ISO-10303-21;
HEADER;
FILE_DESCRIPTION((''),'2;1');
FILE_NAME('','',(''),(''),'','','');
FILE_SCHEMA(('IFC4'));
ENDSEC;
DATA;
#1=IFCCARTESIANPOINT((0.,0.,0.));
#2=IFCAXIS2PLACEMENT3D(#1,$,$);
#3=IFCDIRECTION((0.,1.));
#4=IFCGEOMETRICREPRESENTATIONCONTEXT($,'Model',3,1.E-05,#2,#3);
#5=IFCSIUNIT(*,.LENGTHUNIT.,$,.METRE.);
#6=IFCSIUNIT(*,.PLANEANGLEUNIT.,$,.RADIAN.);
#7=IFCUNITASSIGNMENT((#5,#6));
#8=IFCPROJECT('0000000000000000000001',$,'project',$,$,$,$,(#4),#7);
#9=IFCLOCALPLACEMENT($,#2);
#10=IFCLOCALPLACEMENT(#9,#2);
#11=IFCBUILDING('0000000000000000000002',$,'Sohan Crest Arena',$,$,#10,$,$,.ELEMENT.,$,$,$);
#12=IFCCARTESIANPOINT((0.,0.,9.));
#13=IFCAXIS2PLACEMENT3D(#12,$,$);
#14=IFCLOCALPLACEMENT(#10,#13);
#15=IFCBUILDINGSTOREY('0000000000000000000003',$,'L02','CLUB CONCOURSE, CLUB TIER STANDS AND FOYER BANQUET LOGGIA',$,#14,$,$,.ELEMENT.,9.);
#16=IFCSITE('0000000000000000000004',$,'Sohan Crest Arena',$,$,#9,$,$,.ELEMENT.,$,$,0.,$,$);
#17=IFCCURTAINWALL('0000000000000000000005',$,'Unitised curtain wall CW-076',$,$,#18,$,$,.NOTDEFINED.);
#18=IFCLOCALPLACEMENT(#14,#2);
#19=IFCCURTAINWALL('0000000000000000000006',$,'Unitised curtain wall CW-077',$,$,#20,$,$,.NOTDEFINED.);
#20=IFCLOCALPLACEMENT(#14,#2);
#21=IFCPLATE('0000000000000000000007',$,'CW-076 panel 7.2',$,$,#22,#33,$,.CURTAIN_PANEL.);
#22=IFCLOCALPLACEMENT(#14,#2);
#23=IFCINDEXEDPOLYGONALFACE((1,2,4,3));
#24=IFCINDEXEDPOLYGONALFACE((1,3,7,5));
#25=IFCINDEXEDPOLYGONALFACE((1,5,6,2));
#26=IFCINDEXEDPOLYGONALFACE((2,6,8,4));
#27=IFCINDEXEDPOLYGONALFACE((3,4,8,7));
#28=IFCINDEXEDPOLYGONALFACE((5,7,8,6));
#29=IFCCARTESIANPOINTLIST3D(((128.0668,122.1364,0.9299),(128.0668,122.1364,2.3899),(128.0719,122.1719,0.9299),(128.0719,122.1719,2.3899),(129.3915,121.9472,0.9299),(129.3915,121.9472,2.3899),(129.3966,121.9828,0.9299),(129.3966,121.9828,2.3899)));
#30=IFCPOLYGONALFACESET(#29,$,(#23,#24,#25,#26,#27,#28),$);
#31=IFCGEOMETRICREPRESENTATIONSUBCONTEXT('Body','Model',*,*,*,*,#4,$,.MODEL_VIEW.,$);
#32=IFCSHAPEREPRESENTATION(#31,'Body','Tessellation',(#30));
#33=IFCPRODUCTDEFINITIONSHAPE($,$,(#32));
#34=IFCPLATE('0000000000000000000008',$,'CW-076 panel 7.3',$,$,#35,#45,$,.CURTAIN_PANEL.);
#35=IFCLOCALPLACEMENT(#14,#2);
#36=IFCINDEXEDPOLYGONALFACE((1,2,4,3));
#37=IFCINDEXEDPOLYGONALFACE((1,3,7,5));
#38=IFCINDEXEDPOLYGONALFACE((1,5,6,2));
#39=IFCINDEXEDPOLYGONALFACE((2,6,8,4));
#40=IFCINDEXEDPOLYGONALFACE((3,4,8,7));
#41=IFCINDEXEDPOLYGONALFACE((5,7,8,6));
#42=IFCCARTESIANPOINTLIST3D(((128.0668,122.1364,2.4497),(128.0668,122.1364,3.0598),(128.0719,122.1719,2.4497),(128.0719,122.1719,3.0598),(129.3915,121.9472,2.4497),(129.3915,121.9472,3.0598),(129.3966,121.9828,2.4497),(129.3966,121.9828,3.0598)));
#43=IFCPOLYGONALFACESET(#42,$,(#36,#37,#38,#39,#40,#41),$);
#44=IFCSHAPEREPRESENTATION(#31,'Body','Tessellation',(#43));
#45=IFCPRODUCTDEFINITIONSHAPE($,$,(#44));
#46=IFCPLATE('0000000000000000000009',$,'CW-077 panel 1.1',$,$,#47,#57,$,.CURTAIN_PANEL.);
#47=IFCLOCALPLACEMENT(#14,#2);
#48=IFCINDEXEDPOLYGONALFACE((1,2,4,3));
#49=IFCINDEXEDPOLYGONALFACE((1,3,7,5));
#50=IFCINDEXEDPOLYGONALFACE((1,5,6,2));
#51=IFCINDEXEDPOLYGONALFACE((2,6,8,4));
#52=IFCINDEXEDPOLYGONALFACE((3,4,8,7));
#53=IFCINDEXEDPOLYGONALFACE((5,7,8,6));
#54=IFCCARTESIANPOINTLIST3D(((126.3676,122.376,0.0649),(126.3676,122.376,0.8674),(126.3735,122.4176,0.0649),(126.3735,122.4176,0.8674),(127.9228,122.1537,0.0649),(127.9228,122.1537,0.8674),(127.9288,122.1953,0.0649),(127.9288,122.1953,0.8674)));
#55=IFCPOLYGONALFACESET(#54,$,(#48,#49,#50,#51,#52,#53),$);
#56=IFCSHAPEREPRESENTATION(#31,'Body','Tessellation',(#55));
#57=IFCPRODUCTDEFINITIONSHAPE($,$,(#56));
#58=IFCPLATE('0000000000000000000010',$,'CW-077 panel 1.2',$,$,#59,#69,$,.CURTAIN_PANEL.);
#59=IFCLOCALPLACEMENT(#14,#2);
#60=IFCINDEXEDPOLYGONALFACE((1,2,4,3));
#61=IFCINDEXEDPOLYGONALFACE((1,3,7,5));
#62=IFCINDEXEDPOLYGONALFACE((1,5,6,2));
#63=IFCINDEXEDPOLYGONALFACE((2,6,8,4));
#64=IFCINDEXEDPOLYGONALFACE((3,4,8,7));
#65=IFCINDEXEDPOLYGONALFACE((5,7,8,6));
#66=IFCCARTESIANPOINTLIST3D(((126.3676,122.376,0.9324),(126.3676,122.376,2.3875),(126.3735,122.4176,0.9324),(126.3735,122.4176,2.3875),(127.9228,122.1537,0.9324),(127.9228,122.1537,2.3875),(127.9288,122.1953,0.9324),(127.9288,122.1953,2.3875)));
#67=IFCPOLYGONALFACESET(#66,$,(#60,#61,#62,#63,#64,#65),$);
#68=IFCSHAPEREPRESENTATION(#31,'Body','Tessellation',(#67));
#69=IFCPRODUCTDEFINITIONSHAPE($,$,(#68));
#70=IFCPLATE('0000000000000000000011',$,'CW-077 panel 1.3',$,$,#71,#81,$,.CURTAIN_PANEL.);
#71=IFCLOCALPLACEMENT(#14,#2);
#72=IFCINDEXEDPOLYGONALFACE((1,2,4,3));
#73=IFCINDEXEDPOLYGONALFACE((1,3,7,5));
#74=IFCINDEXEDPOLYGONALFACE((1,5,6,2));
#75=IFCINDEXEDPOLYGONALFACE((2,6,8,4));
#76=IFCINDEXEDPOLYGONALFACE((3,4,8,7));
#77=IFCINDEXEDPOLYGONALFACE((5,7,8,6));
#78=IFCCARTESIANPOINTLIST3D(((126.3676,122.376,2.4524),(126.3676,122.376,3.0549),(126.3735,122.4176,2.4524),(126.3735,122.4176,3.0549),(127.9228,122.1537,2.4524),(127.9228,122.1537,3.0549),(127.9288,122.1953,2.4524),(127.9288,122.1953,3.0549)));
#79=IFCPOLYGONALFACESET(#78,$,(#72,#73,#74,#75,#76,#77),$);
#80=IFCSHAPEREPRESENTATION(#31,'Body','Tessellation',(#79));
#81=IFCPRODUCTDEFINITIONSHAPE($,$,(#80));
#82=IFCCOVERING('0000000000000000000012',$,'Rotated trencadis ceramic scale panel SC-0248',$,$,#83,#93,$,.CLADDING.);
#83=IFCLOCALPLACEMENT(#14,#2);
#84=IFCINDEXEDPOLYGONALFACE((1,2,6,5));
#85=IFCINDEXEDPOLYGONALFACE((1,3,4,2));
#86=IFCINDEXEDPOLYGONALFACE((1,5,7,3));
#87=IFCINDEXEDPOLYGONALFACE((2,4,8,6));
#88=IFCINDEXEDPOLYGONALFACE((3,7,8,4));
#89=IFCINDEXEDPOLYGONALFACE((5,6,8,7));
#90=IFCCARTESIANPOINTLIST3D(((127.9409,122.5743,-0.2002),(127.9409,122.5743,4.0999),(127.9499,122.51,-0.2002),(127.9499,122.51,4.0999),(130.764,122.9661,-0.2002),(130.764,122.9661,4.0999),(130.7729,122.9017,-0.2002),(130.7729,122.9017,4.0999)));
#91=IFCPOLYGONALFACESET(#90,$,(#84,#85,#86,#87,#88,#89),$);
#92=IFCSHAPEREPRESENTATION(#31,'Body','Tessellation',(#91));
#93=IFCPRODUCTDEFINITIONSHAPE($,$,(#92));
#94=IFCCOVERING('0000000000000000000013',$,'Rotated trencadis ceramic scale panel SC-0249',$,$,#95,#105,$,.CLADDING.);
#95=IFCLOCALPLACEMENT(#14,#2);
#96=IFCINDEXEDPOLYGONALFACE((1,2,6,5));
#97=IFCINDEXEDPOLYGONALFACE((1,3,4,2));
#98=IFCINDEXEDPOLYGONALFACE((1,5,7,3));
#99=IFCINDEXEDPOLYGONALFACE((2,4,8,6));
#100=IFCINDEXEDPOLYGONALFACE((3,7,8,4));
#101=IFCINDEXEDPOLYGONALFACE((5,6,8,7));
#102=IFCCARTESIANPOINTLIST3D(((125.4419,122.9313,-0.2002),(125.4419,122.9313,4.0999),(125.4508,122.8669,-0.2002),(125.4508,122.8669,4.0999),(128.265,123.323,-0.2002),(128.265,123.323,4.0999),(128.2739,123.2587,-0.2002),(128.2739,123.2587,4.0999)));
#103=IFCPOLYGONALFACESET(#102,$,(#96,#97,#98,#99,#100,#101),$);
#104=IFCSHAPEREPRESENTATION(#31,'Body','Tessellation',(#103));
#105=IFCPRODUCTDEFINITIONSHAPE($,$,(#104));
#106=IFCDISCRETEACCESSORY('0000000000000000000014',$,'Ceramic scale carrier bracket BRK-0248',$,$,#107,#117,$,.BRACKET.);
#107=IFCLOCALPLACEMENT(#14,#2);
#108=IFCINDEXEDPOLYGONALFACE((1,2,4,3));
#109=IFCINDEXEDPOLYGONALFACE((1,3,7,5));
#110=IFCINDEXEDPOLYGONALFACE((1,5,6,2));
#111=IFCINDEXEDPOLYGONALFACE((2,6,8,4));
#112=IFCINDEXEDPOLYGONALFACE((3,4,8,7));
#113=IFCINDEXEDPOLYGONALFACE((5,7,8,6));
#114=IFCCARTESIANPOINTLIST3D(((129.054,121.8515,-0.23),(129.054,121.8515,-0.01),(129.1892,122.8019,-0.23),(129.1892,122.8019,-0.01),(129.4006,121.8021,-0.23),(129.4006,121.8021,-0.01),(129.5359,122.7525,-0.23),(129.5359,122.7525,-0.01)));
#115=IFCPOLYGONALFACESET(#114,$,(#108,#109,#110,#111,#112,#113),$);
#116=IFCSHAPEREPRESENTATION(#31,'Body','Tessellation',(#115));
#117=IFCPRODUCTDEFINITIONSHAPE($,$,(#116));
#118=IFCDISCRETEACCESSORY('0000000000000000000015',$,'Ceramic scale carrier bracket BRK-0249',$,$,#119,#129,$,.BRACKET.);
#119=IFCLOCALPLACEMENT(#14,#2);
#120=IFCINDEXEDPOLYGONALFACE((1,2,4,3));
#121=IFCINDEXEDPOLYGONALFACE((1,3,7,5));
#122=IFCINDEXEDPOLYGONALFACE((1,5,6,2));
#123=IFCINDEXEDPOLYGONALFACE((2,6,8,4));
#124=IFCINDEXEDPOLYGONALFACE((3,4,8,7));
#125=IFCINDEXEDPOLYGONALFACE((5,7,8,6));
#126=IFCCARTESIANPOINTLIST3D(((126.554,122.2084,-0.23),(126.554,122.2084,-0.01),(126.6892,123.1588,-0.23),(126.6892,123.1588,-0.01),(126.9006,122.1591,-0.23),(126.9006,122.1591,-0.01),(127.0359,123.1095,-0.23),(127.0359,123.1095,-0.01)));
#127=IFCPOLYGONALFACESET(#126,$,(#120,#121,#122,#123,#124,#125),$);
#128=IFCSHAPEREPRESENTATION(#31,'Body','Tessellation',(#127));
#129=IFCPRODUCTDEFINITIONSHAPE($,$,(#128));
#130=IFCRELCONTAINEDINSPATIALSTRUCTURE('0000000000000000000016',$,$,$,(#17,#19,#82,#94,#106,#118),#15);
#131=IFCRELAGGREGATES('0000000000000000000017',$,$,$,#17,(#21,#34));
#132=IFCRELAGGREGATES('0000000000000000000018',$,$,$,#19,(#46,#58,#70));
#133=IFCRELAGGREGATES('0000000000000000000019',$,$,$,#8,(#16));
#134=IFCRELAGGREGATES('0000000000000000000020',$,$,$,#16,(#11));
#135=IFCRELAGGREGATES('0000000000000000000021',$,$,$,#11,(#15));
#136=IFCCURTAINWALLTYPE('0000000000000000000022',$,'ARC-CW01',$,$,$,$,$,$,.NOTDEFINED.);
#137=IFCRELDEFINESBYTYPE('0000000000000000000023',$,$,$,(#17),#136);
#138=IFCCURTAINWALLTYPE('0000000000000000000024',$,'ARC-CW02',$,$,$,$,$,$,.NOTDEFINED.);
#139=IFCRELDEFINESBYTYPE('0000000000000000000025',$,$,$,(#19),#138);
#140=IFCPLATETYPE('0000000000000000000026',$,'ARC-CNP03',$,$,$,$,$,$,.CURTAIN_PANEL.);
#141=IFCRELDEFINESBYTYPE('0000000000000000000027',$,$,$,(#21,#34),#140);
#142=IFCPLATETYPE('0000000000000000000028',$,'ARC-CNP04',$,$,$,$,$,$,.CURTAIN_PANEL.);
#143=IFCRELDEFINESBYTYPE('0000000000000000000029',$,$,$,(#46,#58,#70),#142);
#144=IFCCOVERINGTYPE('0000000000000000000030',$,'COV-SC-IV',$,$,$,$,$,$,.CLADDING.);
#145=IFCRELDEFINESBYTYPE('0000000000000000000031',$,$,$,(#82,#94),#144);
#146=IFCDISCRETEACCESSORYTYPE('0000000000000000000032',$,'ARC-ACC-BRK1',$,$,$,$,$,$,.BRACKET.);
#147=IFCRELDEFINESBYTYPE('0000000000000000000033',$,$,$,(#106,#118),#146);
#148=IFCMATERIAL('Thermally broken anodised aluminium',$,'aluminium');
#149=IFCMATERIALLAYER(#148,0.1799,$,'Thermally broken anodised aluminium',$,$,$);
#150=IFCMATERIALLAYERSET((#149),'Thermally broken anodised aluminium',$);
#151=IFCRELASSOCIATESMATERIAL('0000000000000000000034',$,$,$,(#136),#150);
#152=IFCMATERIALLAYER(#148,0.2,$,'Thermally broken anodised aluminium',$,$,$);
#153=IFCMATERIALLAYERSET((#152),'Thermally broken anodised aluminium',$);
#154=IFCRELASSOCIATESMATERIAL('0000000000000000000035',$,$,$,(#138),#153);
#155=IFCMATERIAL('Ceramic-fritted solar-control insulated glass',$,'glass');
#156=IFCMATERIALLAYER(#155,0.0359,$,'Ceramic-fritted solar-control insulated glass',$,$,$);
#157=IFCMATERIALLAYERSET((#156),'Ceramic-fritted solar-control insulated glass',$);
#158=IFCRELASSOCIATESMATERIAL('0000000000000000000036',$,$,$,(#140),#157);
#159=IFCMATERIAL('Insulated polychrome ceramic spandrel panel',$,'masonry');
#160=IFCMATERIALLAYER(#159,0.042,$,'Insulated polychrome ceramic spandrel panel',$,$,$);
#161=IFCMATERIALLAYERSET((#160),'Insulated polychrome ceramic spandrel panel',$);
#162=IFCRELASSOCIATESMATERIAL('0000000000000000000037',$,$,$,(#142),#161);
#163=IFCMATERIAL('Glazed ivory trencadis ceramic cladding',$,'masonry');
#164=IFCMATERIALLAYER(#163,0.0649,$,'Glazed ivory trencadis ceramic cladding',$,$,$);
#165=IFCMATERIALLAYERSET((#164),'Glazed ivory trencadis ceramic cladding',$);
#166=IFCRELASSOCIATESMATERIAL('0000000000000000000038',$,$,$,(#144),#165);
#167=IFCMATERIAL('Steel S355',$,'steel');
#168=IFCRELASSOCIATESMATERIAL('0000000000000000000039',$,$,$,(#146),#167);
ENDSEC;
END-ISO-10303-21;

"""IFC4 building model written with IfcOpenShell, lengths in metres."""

from ifc_helpers import new_model, si_unit, direction, frame, origin, origin_2d, place, context, subcontext, project, spatial, rectangle, extrude, material, layer, layer_set, type_object, element, aggregate, save


model = new_model("IFC4")

# Units and contexts
model_context = context("Model", 3, precision=1e-05, world=origin(), true_north=direction((0.0, 1.0)))
body_context = subcontext(model_context, "Body", "Model", "MODEL_VIEW")
ifc_project = project(units=[si_unit("LENGTHUNIT", "METRE"), si_unit("PLANEANGLEUNIT", "RADIAN")], contexts=[model_context])

# Site, building, storey
site_placement = place(None, origin())
site = spatial("IfcSite", under=ifc_project, at=site_placement, Name="Sohan Crest Arena", CompositionType="ELEMENT", RefElevation=0.0)
building_placement = place(site_placement, origin())
building = spatial("IfcBuilding", under=site, at=building_placement, Name="Sohan Crest Arena", CompositionType="ELEMENT")
storey_placement = place(building_placement, frame((0.0, 0.0, 9.0)))
storey = spatial("IfcBuildingStorey", under=building, at=storey_placement, Name="L02", Description="CLUB CONCOURSE, CLUB TIER STANDS AND FOYER BANQUET LOGGIA", CompositionType="ELEMENT", Elevation=9.0)

# Shared definitions
ifc_material_1 = material(Name="Steel S355", Category="steel")

# Curtain walls
ifc_material_2 = material(Name="Thermally broken anodised aluminium", Category="aluminium")
ifc_layer_1 = layer(ifc_material_2, 0.1799, Name="Thermally broken anodised aluminium")
ifc_layer_set_1 = layer_set([ifc_layer_1], Name="Thermally broken anodised aluminium")
curtain_wall_type_1 = type_object("IfcCurtainWallType", Name="ARC-CW01", PredefinedType="NOTDEFINED", material=ifc_layer_set_1)
curtain_wall_1_placement = place(storey_placement, origin())
curtain_wall_1 = element("IfcCurtainWall", 1, at=curtain_wall_1_placement, inside=storey, type_object=curtain_wall_type_1, Name="Unitised curtain wall CW-076", PredefinedType="NOTDEFINED")
ifc_layer_2 = layer(ifc_material_2, 0.2, Name="Thermally broken anodised aluminium")
ifc_layer_set_2 = layer_set([ifc_layer_2], Name="Thermally broken anodised aluminium")
curtain_wall_type_2 = type_object("IfcCurtainWallType", Name="ARC-CW02", PredefinedType="NOTDEFINED", material=ifc_layer_set_2)
curtain_wall_2_placement = place(storey_placement, origin())
curtain_wall_2 = element("IfcCurtainWall", 2, at=curtain_wall_2_placement, inside=storey, type_object=curtain_wall_type_2, Name="Unitised curtain wall CW-077", PredefinedType="NOTDEFINED")

# Plates
ifc_material_3 = material(Name="Ceramic-fritted solar-control insulated glass", Category="glass")
ifc_layer_3 = layer(ifc_material_3, 0.0359, Name="Ceramic-fritted solar-control insulated glass")
ifc_layer_set_3 = layer_set([ifc_layer_3], Name="Ceramic-fritted solar-control insulated glass")
plate_type_1 = type_object("IfcPlateType", Name="ARC-CNP03", PredefinedType="CURTAIN_PANEL", material=ifc_layer_set_3)
plate_1_placement = place(storey_placement, frame((128.7317, 122.0596, 0.9299), z_axis=(0.0, 0.0, 1.0), x_axis=(-0.989957, 0.141366, 0.0)))
plate_1 = element("IfcPlate", 3, at=plate_1_placement, type_object=plate_type_1, Name="CW-076 panel 7.2", PredefinedType="CURTAIN_PANEL", context=body_context, shape_type="SweptSolid", body=[
    extrude(rectangle(XDim=1.3381, YDim=0.0359, at=origin_2d()), origin(), (0.0, 0.0, 1.0), 1.46),
])
plate_2_placement = place(storey_placement, frame((128.7317, 122.0596, 2.4497), z_axis=(0.0, 0.0, 1.0), x_axis=(-0.989957, 0.141366, 0.0)))
plate_2 = element("IfcPlate", 4, at=plate_2_placement, type_object=plate_type_1, Name="CW-076 panel 7.3", PredefinedType="CURTAIN_PANEL", context=body_context, shape_type="SweptSolid", body=[
    extrude(rectangle(XDim=1.3381, YDim=0.0359, at=origin_2d()), origin(), (0.0, 0.0, 1.0), 0.6101),
])
aggregate(curtain_wall_1, [plate_1, plate_2])
ifc_material_4 = material(Name="Insulated polychrome ceramic spandrel panel", Category="masonry")
ifc_layer_4 = layer(ifc_material_4, 0.042, Name="Insulated polychrome ceramic spandrel panel")
ifc_layer_set_4 = layer_set([ifc_layer_4], Name="Insulated polychrome ceramic spandrel panel")
plate_type_2 = type_object("IfcPlateType", Name="ARC-CNP04", PredefinedType="CURTAIN_PANEL", material=ifc_layer_set_4)
plate_3_placement = place(storey_placement, frame((127.1482, 122.2856, 0.0649), z_axis=(0.0, 0.0, 1.0), x_axis=(-0.989944, 0.141463, 0.0)))
plate_3 = element("IfcPlate", 5, at=plate_3_placement, type_object=plate_type_2, Name="CW-077 panel 1.1", PredefinedType="CURTAIN_PANEL", context=body_context, shape_type="SweptSolid", body=[
    extrude(rectangle(XDim=1.571, YDim=0.042, at=origin_2d()), origin(), (0.0, 0.0, 1.0), 0.8025),
])
plate_4_placement = place(storey_placement, frame((127.1482, 122.2856, 0.9324), z_axis=(0.0, 0.0, 1.0), x_axis=(-0.989944, 0.141463, 0.0)))
plate_4 = element("IfcPlate", 6, at=plate_4_placement, type_object=plate_type_2, Name="CW-077 panel 1.2", PredefinedType="CURTAIN_PANEL", context=body_context, shape_type="SweptSolid", body=[
    extrude(rectangle(XDim=1.571, YDim=0.042, at=origin_2d()), origin(), (0.0, 0.0, 1.0), 1.4551),
])
plate_5_placement = place(storey_placement, frame((127.1482, 122.2856, 2.4524), z_axis=(0.0, 0.0, 1.0), x_axis=(-0.989944, 0.141463, 0.0)))
plate_5 = element("IfcPlate", 7, at=plate_5_placement, type_object=plate_type_2, Name="CW-077 panel 1.3", PredefinedType="CURTAIN_PANEL", context=body_context, shape_type="SweptSolid", body=[
    extrude(rectangle(XDim=1.571, YDim=0.042, at=origin_2d()), origin(), (0.0, 0.0, 1.0), 0.6025),
])
aggregate(curtain_wall_2, [plate_3, plate_4, plate_5])

# Coverings
ifc_material_5 = material(Name="Glazed ivory trencadis ceramic cladding", Category="masonry")
ifc_layer_5 = layer(ifc_material_5, 0.0649, Name="Glazed ivory trencadis ceramic cladding")
ifc_layer_set_5 = layer_set([ifc_layer_5], Name="Glazed ivory trencadis ceramic cladding")
covering_type = type_object("IfcCoveringType", Name="COV-SC-IV", PredefinedType="CLADDING", material=ifc_layer_set_5)
for number, where, z_axis, x_axis, name in (
    (8, (129.3569, 122.738, -0.2002), (0.0, 0.0, 1.0), (-0.990509, -0.137445, 0.0), "Rotated trencadis ceramic scale panel SC-0248"),
    (9, (126.8579, 123.095, -0.2002), (0.0, 0.0, 1.0), (-0.990509, -0.137445, 0.0), "Rotated trencadis ceramic scale panel SC-0249"),
):
    element("IfcCovering", number, at=place(storey_placement, frame(where, z_axis=z_axis, x_axis=x_axis)), inside=storey, type_object=covering_type, Name=name, PredefinedType="CLADDING", context=body_context, shape_type="SweptSolid", body=[
        extrude(rectangle(XDim=2.8501, YDim=0.0649, at=origin_2d()), origin(), (0.0, 0.0, 1.0), 4.3),
    ])

# Discrete accessories
discrete_accessory_type = type_object("IfcDiscreteAccessoryType", Name="ARC-ACC-BRK1", PredefinedType="BRACKET", material=ifc_material_1)
for number, where, z_axis, x_axis, name in (
    (10, (129.2949, 122.302, -0.23), (0.0, 0.0, 1.0), (-0.990024, 0.140901, 0.0), "Ceramic scale carrier bracket BRK-0248"),
    (11, (126.7949, 122.6589, -0.23), (0.0, 0.0, 1.0), (-0.990024, 0.140901, 0.0), "Ceramic scale carrier bracket BRK-0249"),
):
    element("IfcDiscreteAccessory", number, at=place(storey_placement, frame(where, z_axis=z_axis, x_axis=x_axis)), inside=storey, type_object=discrete_accessory_type, Name=name, PredefinedType="BRACKET", context=body_context, shape_type="SweptSolid", body=[
        extrude(rectangle(XDim=0.3501, YDim=0.96, at=origin_2d()), origin(), (0.0, 0.0, 1.0), 0.22),
    ])

save(model, "model.ifc")
